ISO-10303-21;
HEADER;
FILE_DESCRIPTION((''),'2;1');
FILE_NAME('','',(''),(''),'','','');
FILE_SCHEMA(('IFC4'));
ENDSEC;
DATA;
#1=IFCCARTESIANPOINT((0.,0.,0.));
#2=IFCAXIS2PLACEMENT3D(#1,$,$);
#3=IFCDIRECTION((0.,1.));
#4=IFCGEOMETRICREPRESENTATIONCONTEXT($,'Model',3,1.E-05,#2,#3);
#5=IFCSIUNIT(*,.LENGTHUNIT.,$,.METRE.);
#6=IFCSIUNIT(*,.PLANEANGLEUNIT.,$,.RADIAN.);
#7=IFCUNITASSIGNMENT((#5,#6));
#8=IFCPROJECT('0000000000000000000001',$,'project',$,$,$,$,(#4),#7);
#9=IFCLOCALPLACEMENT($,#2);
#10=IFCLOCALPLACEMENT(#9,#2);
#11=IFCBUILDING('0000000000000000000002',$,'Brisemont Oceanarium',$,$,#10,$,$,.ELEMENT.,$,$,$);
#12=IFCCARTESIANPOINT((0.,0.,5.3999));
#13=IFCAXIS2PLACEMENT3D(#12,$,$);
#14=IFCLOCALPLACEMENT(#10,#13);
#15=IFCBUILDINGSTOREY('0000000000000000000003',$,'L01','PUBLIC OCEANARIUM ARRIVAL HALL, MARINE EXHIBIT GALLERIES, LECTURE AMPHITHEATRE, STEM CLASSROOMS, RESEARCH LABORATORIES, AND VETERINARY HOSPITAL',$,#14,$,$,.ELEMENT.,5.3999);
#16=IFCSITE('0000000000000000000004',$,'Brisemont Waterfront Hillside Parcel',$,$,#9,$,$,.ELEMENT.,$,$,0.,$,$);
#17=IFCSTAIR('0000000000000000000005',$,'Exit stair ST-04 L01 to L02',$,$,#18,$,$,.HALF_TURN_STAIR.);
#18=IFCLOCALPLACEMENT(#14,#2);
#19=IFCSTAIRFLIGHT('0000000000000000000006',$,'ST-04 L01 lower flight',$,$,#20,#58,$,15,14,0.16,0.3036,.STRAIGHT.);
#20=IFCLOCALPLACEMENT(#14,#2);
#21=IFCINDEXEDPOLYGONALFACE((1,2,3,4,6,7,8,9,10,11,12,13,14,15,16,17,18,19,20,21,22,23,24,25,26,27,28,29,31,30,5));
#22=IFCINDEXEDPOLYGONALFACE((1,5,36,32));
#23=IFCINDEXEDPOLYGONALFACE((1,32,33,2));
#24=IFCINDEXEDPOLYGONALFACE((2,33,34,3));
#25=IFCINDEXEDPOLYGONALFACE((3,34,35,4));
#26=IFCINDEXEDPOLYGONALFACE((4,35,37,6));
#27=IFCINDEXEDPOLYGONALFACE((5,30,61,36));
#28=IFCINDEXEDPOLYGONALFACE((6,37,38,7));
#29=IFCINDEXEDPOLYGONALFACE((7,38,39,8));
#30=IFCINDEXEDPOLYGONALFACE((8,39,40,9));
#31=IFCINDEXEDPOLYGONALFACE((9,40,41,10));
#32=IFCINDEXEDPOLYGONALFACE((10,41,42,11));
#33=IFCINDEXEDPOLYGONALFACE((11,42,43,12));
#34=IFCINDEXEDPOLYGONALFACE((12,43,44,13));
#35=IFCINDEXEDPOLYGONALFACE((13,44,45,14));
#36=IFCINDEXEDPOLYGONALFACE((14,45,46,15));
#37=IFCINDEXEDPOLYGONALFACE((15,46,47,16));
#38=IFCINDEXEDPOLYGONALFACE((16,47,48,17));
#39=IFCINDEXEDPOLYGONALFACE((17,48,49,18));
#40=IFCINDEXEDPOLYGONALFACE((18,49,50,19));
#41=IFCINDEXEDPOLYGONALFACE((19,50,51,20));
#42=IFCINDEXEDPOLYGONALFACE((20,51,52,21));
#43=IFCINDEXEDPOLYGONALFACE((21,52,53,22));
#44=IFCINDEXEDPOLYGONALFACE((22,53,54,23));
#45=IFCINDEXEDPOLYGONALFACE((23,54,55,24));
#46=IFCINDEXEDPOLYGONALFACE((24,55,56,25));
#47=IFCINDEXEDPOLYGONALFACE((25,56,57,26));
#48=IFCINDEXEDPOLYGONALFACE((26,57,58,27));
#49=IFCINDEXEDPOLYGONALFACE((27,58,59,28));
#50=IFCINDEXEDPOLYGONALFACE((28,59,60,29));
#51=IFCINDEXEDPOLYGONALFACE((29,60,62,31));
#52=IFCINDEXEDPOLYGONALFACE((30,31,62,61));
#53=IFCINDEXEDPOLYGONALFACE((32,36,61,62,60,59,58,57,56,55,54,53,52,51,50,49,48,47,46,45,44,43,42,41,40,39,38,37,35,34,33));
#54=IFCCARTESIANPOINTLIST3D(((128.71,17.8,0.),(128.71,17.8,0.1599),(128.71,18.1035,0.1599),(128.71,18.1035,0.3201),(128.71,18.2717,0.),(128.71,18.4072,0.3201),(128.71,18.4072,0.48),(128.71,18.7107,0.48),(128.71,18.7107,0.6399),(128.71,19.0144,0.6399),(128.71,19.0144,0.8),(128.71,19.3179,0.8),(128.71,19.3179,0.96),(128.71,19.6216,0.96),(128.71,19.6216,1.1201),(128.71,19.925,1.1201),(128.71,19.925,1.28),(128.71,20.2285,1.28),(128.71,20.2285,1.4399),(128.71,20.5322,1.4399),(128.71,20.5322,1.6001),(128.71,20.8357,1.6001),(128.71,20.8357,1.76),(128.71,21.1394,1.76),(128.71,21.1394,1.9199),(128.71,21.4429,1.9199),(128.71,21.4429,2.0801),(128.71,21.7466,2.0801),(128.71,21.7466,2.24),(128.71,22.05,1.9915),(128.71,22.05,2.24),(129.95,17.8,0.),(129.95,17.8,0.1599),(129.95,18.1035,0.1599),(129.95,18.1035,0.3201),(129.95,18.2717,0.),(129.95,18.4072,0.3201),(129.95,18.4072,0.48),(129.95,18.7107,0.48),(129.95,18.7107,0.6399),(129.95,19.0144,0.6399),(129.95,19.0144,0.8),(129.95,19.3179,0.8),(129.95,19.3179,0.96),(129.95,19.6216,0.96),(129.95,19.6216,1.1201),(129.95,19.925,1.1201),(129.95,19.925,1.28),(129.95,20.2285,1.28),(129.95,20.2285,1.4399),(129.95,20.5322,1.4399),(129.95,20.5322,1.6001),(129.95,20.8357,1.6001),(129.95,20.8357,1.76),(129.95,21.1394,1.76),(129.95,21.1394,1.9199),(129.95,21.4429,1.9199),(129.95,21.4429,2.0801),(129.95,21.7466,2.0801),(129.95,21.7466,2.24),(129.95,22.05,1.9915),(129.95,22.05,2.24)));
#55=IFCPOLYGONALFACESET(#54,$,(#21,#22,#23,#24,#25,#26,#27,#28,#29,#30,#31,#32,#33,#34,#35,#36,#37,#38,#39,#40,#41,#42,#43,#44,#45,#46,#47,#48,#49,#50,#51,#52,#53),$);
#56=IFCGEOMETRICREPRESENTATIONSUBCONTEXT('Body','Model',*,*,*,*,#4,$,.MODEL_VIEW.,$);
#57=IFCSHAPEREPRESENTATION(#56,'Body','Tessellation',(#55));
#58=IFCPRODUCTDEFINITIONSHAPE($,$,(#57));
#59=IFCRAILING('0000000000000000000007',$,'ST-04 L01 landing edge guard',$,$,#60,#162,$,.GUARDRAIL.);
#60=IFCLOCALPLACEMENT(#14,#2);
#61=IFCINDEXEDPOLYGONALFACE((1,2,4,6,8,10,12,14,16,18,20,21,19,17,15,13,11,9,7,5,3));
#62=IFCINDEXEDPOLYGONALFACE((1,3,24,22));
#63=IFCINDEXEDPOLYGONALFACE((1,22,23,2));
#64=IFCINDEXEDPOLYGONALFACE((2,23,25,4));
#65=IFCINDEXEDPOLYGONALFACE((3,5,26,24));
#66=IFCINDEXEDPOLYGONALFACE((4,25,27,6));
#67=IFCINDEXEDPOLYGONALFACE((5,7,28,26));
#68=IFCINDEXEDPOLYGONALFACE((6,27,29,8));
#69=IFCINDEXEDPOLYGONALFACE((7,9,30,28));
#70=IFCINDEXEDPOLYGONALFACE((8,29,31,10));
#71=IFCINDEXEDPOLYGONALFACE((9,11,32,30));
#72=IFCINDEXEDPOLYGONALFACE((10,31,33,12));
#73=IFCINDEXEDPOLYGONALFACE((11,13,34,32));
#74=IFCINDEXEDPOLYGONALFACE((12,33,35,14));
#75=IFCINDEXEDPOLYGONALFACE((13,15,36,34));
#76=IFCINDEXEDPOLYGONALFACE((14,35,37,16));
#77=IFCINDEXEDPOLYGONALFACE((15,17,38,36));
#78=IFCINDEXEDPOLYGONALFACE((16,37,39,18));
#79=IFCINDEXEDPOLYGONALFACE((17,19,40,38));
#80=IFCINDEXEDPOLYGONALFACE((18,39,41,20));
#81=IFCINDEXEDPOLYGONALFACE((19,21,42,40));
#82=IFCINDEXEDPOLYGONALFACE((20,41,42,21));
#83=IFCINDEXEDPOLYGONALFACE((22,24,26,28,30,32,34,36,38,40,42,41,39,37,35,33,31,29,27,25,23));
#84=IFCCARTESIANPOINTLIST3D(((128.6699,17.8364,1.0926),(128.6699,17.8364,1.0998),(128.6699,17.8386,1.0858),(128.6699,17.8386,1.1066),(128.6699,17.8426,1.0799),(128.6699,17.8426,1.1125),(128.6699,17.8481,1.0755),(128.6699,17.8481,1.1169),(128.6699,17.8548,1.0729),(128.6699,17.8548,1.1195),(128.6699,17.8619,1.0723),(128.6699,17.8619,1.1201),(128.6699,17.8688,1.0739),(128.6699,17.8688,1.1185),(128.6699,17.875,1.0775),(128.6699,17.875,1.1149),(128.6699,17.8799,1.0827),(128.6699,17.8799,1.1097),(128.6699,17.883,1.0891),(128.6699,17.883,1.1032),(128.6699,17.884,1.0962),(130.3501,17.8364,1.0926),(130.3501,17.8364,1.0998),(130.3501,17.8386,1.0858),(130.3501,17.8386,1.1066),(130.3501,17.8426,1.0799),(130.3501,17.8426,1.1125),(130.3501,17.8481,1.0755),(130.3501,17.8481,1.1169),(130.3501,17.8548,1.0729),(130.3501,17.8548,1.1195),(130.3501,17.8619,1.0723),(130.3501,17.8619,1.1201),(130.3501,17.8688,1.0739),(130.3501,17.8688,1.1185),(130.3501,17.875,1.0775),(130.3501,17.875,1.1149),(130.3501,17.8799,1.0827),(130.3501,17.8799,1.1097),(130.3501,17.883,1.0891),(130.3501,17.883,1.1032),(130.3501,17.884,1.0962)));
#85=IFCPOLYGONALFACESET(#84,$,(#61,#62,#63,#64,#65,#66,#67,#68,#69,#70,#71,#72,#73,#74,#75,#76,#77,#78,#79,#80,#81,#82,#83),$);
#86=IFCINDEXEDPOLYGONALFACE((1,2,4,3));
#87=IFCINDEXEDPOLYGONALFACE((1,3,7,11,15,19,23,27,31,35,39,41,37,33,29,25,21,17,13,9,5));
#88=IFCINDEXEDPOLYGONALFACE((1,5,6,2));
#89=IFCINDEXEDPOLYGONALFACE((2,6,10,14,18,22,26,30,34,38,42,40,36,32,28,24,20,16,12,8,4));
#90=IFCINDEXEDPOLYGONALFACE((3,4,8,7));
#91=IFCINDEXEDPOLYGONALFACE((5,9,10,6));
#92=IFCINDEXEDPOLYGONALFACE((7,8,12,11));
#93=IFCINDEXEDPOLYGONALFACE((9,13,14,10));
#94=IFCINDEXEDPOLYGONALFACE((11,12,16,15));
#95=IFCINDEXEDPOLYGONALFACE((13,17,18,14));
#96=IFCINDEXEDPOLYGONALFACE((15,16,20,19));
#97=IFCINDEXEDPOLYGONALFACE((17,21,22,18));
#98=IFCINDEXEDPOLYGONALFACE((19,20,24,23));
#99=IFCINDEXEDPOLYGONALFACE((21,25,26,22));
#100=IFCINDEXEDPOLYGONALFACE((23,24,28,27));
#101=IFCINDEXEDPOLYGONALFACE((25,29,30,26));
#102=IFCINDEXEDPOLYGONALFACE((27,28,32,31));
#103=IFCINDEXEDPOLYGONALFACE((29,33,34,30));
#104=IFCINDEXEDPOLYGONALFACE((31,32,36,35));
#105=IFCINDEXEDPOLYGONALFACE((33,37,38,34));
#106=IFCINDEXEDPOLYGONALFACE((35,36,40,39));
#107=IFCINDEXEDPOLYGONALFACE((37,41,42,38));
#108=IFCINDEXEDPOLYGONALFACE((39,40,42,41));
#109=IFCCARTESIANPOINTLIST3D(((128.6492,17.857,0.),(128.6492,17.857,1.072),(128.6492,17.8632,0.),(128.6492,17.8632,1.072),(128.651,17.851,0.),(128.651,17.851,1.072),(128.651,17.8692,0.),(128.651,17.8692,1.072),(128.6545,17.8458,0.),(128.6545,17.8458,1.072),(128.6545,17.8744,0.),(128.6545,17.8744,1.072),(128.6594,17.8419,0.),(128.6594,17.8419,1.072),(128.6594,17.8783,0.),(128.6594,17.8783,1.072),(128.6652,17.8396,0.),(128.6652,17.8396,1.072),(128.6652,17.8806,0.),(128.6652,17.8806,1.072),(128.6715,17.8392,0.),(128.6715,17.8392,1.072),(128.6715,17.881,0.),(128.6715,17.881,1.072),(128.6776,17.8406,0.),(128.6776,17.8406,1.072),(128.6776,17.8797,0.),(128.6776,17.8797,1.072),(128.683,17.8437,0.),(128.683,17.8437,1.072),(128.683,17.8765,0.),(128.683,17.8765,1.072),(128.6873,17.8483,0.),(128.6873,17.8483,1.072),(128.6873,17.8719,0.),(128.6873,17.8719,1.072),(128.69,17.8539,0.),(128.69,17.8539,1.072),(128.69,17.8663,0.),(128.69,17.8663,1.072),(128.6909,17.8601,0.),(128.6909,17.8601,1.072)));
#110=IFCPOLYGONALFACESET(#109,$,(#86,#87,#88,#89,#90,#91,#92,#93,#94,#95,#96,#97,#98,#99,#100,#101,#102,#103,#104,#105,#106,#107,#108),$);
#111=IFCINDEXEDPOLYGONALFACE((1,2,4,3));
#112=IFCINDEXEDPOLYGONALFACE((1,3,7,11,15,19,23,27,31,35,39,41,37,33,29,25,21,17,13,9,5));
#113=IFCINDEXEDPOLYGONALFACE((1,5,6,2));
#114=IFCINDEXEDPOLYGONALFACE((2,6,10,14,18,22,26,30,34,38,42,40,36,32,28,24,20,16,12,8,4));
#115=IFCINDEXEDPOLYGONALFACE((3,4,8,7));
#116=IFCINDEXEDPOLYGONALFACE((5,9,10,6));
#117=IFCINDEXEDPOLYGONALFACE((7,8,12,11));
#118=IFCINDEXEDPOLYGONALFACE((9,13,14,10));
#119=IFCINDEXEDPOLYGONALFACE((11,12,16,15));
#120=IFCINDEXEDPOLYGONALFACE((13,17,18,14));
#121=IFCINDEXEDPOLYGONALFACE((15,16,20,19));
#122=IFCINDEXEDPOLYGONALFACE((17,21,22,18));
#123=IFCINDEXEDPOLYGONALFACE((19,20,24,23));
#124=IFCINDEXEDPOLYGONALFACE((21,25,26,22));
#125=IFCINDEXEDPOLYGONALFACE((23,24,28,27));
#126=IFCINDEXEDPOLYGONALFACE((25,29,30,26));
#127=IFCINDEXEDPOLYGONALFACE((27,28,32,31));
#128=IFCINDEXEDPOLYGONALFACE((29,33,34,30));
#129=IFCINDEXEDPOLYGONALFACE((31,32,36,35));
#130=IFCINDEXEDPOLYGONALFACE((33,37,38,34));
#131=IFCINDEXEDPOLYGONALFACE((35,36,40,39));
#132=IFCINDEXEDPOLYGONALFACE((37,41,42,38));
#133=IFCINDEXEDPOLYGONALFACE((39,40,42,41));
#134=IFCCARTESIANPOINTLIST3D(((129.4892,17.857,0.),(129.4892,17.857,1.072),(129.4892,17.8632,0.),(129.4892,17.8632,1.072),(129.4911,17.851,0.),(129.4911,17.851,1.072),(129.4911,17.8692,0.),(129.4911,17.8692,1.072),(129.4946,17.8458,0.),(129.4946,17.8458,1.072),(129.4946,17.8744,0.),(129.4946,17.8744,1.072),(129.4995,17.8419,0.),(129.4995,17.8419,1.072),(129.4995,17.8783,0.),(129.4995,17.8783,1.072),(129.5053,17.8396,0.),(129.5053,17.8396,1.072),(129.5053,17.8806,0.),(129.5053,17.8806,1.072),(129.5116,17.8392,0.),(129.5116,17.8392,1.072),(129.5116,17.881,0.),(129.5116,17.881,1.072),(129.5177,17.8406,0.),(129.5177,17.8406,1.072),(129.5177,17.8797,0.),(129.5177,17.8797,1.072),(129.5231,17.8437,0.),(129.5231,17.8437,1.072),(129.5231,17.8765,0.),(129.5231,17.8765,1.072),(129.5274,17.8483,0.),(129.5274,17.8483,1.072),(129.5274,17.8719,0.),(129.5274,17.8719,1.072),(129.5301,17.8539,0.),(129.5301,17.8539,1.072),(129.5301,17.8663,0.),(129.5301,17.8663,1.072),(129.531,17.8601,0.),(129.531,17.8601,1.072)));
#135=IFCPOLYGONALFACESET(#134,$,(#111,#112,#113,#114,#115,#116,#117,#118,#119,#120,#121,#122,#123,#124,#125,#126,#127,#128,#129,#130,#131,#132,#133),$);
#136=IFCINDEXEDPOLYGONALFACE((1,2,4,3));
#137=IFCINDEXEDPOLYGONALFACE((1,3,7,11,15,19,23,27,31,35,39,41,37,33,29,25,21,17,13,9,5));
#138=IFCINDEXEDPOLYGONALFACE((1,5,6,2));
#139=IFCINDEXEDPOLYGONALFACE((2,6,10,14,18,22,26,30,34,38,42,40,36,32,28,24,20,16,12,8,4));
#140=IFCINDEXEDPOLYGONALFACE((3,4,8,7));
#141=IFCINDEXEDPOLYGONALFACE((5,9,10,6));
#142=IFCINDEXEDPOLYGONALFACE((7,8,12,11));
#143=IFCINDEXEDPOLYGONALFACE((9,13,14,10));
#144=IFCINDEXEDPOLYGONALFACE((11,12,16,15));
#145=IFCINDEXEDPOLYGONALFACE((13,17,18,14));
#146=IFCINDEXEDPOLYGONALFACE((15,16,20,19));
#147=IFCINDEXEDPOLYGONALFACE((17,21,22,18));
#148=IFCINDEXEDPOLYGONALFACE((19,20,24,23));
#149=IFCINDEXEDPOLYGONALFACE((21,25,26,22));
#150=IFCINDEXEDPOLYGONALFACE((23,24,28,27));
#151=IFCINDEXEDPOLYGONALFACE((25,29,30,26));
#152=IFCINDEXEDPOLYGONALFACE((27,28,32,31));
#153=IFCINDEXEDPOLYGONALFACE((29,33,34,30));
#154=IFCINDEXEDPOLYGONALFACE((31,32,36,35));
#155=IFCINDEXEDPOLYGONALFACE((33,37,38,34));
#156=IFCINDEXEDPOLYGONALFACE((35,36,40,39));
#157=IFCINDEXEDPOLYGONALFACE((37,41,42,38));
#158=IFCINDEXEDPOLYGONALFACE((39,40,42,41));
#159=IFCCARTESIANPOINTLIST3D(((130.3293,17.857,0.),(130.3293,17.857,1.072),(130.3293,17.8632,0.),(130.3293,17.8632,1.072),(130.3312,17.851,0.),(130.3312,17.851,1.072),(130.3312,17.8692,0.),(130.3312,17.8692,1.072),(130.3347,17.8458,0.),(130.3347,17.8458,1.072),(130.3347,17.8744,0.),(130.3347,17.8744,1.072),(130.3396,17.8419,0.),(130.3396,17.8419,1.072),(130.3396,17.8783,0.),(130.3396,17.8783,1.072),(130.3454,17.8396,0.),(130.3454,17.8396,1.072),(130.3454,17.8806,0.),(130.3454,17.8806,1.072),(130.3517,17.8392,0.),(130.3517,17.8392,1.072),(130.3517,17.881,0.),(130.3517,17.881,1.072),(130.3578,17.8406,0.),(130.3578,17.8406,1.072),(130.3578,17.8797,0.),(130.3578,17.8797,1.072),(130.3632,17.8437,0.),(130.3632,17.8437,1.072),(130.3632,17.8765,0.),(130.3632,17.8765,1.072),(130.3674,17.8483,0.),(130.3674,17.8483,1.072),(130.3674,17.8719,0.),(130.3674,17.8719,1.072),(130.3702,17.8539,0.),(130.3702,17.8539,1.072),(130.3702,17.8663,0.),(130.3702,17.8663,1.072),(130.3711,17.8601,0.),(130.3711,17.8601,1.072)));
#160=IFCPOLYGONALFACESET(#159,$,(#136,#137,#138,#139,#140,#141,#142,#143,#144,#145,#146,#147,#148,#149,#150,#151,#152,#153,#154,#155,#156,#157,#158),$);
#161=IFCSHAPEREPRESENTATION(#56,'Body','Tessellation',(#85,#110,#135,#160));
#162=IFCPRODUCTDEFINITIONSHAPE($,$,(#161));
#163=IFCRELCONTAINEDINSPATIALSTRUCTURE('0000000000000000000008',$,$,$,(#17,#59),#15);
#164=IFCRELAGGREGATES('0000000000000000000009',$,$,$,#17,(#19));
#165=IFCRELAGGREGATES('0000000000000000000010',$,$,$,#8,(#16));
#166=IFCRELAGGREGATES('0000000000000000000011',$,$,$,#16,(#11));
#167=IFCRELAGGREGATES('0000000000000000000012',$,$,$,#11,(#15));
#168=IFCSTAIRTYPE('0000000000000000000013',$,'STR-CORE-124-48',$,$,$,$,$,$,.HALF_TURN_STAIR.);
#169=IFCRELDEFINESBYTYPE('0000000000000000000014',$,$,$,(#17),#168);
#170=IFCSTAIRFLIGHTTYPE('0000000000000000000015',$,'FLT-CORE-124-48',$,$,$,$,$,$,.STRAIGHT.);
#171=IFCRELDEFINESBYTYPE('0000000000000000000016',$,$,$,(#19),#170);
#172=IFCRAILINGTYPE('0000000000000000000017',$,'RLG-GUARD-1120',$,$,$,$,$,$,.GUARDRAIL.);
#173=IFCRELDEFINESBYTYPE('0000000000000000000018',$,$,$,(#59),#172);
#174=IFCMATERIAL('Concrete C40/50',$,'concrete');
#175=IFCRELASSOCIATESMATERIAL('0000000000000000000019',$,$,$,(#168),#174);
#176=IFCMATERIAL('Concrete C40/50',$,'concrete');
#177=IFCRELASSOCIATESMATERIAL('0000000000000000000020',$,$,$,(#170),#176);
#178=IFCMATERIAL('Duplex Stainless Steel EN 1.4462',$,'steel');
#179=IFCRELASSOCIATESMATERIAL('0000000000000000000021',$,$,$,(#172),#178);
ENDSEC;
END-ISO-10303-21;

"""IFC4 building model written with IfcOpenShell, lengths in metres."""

from ifc_helpers import new_model, si_unit, direction, frame, origin, origin_2d, place, context, subcontext, project, spatial, polyline, circle, outline, extrude, material, type_object, element, aggregate, save


model = new_model("IFC4")

# Units and contexts
model_context = context("Model", 3, precision=1e-05, world=origin(), true_north=direction((0.0, 1.0)))
body_context = subcontext(model_context, "Body", "Model", "MODEL_VIEW")
ifc_project = project(units=[si_unit("LENGTHUNIT", "METRE"), si_unit("PLANEANGLEUNIT", "RADIAN")], contexts=[model_context])

# Site, building, storey
site_placement = place(None, origin())
site = spatial("IfcSite", under=ifc_project, at=site_placement, Name="Brisemont Waterfront Hillside Parcel", CompositionType="ELEMENT", RefElevation=0.0)
building_placement = place(site_placement, origin())
building = spatial("IfcBuilding", under=site, at=building_placement, Name="Brisemont Oceanarium", CompositionType="ELEMENT")
storey_placement = place(building_placement, frame((0.0, 0.0, 5.3999)))
storey = spatial("IfcBuildingStorey", under=building, at=storey_placement, Name="L01", Description="PUBLIC OCEANARIUM ARRIVAL HALL, MARINE EXHIBIT GALLERIES, LECTURE AMPHITHEATRE, STEM CLASSROOMS, RESEARCH LABORATORIES, AND VETERINARY HOSPITAL", CompositionType="ELEMENT", Elevation=5.3999)

# Stair, stair flight
ifc_material_1 = material(Name="Concrete C40/50", Category="concrete")
stair_type = type_object("IfcStairType", Name="STR-CORE-124-48", PredefinedType="HALF_TURN_STAIR", material=ifc_material_1)
stair_placement = place(storey_placement, origin())
stair = element("IfcStair", 1, at=stair_placement, inside=storey, type_object=stair_type, Name="Exit stair ST-04 L01 to L02", PredefinedType="HALF_TURN_STAIR")
ifc_material_2 = material(Name="Concrete C40/50", Category="concrete")
stair_flight_type = type_object("IfcStairFlightType", Name="FLT-CORE-124-48", PredefinedType="STRAIGHT", material=ifc_material_2)
stair_flight_placement = place(storey_placement, frame((129.3301, 17.8, 0.0), z_axis=(0.0, 0.0, 1.0), x_axis=(0.0, 1.0, 0.0)))
stair_flight = element("IfcStairFlight", 2, at=stair_flight_placement, type_object=stair_flight_type, Name="ST-04 L01 lower flight", NumberOfRisers=15, NumberOfTreads=14, PredefinedType="STRAIGHT", RiserHeight=0.16, TreadLength=0.3036, context=body_context, shape_type="SweptSolid", body=[
    extrude(outline(polyline([(0.0, 0.0), (0.0, 0.1599), (0.3035, 0.1599), (0.3035, 0.3201), (0.6072, 0.3201), (0.6072, 0.48), (0.9106, 0.48), (0.9106, 0.6399), (1.2144, 0.6399), (1.2144, 0.8), (1.5178, 0.8), (1.5178, 0.96), (1.8215, 0.96), (1.8215, 1.1201), (2.125, 1.1201), (2.125, 1.28), (2.4285, 1.28), (2.4285, 1.4399), (2.7322, 1.4399), (2.7322, 1.6001), (3.0356, 1.6001), (3.0356, 1.76), (3.3394, 1.76), (3.3394, 1.9199), (3.6428, 1.9199), (3.6428, 2.0801), (3.9465, 2.0801), (3.9465, 2.24), (4.25, 2.24), (4.25, 2.3999), (4.25, 1.9915), (0.4717, 0.0), (0.0, 0.0)])), frame((0.0, 0.6201, 0.0), z_axis=(0.0, -1.0, 0.0), x_axis=(1.0, 0.0, 0.0)), (0.0, 0.0, 1.0), 1.24),
])
aggregate(stair, [stair_flight])

# Railing
ifc_material_3 = material(Name="Duplex Stainless Steel EN 1.4462", Category="steel")
railing_type_1 = type_object("IfcRailingType", Name="RLG-GUARD-1120", PredefinedType="GUARDRAIL", material=ifc_material_3)
railing_1_placement = place(storey_placement, frame((128.6699, 17.8601, 0.0)))
element("IfcRailing", 3, at=railing_1_placement, inside=storey, type_object=railing_type_1, Name="ST-04 L01 landing edge guard", PredefinedType="GUARDRAIL", context=body_context, shape_type="SweptSolid", body=[
    extrude(circle(Radius=0.0239, at=origin_2d()), frame((0.0, 0.0, 1.0962), z_axis=(1.0, 0.0, 0.0), x_axis=(0.0, 1.0, 0.0)), (0.0, 0.0, 1.0), 1.6802),
    extrude(circle(Radius=0.021, at=origin_2d()), origin(), (0.0, 0.0, 1.0), 1.072),
    extrude(circle(Radius=0.021, at=origin_2d()), frame((0.8401, 0.0, 0.0)), (0.0, 0.0, 1.0), 1.072),
    extrude(circle(Radius=0.021, at=origin_2d()), frame((1.6802, 0.0, 0.0)), (0.0, 0.0, 1.0), 1.072),
])

save(model, "model.ifc")
